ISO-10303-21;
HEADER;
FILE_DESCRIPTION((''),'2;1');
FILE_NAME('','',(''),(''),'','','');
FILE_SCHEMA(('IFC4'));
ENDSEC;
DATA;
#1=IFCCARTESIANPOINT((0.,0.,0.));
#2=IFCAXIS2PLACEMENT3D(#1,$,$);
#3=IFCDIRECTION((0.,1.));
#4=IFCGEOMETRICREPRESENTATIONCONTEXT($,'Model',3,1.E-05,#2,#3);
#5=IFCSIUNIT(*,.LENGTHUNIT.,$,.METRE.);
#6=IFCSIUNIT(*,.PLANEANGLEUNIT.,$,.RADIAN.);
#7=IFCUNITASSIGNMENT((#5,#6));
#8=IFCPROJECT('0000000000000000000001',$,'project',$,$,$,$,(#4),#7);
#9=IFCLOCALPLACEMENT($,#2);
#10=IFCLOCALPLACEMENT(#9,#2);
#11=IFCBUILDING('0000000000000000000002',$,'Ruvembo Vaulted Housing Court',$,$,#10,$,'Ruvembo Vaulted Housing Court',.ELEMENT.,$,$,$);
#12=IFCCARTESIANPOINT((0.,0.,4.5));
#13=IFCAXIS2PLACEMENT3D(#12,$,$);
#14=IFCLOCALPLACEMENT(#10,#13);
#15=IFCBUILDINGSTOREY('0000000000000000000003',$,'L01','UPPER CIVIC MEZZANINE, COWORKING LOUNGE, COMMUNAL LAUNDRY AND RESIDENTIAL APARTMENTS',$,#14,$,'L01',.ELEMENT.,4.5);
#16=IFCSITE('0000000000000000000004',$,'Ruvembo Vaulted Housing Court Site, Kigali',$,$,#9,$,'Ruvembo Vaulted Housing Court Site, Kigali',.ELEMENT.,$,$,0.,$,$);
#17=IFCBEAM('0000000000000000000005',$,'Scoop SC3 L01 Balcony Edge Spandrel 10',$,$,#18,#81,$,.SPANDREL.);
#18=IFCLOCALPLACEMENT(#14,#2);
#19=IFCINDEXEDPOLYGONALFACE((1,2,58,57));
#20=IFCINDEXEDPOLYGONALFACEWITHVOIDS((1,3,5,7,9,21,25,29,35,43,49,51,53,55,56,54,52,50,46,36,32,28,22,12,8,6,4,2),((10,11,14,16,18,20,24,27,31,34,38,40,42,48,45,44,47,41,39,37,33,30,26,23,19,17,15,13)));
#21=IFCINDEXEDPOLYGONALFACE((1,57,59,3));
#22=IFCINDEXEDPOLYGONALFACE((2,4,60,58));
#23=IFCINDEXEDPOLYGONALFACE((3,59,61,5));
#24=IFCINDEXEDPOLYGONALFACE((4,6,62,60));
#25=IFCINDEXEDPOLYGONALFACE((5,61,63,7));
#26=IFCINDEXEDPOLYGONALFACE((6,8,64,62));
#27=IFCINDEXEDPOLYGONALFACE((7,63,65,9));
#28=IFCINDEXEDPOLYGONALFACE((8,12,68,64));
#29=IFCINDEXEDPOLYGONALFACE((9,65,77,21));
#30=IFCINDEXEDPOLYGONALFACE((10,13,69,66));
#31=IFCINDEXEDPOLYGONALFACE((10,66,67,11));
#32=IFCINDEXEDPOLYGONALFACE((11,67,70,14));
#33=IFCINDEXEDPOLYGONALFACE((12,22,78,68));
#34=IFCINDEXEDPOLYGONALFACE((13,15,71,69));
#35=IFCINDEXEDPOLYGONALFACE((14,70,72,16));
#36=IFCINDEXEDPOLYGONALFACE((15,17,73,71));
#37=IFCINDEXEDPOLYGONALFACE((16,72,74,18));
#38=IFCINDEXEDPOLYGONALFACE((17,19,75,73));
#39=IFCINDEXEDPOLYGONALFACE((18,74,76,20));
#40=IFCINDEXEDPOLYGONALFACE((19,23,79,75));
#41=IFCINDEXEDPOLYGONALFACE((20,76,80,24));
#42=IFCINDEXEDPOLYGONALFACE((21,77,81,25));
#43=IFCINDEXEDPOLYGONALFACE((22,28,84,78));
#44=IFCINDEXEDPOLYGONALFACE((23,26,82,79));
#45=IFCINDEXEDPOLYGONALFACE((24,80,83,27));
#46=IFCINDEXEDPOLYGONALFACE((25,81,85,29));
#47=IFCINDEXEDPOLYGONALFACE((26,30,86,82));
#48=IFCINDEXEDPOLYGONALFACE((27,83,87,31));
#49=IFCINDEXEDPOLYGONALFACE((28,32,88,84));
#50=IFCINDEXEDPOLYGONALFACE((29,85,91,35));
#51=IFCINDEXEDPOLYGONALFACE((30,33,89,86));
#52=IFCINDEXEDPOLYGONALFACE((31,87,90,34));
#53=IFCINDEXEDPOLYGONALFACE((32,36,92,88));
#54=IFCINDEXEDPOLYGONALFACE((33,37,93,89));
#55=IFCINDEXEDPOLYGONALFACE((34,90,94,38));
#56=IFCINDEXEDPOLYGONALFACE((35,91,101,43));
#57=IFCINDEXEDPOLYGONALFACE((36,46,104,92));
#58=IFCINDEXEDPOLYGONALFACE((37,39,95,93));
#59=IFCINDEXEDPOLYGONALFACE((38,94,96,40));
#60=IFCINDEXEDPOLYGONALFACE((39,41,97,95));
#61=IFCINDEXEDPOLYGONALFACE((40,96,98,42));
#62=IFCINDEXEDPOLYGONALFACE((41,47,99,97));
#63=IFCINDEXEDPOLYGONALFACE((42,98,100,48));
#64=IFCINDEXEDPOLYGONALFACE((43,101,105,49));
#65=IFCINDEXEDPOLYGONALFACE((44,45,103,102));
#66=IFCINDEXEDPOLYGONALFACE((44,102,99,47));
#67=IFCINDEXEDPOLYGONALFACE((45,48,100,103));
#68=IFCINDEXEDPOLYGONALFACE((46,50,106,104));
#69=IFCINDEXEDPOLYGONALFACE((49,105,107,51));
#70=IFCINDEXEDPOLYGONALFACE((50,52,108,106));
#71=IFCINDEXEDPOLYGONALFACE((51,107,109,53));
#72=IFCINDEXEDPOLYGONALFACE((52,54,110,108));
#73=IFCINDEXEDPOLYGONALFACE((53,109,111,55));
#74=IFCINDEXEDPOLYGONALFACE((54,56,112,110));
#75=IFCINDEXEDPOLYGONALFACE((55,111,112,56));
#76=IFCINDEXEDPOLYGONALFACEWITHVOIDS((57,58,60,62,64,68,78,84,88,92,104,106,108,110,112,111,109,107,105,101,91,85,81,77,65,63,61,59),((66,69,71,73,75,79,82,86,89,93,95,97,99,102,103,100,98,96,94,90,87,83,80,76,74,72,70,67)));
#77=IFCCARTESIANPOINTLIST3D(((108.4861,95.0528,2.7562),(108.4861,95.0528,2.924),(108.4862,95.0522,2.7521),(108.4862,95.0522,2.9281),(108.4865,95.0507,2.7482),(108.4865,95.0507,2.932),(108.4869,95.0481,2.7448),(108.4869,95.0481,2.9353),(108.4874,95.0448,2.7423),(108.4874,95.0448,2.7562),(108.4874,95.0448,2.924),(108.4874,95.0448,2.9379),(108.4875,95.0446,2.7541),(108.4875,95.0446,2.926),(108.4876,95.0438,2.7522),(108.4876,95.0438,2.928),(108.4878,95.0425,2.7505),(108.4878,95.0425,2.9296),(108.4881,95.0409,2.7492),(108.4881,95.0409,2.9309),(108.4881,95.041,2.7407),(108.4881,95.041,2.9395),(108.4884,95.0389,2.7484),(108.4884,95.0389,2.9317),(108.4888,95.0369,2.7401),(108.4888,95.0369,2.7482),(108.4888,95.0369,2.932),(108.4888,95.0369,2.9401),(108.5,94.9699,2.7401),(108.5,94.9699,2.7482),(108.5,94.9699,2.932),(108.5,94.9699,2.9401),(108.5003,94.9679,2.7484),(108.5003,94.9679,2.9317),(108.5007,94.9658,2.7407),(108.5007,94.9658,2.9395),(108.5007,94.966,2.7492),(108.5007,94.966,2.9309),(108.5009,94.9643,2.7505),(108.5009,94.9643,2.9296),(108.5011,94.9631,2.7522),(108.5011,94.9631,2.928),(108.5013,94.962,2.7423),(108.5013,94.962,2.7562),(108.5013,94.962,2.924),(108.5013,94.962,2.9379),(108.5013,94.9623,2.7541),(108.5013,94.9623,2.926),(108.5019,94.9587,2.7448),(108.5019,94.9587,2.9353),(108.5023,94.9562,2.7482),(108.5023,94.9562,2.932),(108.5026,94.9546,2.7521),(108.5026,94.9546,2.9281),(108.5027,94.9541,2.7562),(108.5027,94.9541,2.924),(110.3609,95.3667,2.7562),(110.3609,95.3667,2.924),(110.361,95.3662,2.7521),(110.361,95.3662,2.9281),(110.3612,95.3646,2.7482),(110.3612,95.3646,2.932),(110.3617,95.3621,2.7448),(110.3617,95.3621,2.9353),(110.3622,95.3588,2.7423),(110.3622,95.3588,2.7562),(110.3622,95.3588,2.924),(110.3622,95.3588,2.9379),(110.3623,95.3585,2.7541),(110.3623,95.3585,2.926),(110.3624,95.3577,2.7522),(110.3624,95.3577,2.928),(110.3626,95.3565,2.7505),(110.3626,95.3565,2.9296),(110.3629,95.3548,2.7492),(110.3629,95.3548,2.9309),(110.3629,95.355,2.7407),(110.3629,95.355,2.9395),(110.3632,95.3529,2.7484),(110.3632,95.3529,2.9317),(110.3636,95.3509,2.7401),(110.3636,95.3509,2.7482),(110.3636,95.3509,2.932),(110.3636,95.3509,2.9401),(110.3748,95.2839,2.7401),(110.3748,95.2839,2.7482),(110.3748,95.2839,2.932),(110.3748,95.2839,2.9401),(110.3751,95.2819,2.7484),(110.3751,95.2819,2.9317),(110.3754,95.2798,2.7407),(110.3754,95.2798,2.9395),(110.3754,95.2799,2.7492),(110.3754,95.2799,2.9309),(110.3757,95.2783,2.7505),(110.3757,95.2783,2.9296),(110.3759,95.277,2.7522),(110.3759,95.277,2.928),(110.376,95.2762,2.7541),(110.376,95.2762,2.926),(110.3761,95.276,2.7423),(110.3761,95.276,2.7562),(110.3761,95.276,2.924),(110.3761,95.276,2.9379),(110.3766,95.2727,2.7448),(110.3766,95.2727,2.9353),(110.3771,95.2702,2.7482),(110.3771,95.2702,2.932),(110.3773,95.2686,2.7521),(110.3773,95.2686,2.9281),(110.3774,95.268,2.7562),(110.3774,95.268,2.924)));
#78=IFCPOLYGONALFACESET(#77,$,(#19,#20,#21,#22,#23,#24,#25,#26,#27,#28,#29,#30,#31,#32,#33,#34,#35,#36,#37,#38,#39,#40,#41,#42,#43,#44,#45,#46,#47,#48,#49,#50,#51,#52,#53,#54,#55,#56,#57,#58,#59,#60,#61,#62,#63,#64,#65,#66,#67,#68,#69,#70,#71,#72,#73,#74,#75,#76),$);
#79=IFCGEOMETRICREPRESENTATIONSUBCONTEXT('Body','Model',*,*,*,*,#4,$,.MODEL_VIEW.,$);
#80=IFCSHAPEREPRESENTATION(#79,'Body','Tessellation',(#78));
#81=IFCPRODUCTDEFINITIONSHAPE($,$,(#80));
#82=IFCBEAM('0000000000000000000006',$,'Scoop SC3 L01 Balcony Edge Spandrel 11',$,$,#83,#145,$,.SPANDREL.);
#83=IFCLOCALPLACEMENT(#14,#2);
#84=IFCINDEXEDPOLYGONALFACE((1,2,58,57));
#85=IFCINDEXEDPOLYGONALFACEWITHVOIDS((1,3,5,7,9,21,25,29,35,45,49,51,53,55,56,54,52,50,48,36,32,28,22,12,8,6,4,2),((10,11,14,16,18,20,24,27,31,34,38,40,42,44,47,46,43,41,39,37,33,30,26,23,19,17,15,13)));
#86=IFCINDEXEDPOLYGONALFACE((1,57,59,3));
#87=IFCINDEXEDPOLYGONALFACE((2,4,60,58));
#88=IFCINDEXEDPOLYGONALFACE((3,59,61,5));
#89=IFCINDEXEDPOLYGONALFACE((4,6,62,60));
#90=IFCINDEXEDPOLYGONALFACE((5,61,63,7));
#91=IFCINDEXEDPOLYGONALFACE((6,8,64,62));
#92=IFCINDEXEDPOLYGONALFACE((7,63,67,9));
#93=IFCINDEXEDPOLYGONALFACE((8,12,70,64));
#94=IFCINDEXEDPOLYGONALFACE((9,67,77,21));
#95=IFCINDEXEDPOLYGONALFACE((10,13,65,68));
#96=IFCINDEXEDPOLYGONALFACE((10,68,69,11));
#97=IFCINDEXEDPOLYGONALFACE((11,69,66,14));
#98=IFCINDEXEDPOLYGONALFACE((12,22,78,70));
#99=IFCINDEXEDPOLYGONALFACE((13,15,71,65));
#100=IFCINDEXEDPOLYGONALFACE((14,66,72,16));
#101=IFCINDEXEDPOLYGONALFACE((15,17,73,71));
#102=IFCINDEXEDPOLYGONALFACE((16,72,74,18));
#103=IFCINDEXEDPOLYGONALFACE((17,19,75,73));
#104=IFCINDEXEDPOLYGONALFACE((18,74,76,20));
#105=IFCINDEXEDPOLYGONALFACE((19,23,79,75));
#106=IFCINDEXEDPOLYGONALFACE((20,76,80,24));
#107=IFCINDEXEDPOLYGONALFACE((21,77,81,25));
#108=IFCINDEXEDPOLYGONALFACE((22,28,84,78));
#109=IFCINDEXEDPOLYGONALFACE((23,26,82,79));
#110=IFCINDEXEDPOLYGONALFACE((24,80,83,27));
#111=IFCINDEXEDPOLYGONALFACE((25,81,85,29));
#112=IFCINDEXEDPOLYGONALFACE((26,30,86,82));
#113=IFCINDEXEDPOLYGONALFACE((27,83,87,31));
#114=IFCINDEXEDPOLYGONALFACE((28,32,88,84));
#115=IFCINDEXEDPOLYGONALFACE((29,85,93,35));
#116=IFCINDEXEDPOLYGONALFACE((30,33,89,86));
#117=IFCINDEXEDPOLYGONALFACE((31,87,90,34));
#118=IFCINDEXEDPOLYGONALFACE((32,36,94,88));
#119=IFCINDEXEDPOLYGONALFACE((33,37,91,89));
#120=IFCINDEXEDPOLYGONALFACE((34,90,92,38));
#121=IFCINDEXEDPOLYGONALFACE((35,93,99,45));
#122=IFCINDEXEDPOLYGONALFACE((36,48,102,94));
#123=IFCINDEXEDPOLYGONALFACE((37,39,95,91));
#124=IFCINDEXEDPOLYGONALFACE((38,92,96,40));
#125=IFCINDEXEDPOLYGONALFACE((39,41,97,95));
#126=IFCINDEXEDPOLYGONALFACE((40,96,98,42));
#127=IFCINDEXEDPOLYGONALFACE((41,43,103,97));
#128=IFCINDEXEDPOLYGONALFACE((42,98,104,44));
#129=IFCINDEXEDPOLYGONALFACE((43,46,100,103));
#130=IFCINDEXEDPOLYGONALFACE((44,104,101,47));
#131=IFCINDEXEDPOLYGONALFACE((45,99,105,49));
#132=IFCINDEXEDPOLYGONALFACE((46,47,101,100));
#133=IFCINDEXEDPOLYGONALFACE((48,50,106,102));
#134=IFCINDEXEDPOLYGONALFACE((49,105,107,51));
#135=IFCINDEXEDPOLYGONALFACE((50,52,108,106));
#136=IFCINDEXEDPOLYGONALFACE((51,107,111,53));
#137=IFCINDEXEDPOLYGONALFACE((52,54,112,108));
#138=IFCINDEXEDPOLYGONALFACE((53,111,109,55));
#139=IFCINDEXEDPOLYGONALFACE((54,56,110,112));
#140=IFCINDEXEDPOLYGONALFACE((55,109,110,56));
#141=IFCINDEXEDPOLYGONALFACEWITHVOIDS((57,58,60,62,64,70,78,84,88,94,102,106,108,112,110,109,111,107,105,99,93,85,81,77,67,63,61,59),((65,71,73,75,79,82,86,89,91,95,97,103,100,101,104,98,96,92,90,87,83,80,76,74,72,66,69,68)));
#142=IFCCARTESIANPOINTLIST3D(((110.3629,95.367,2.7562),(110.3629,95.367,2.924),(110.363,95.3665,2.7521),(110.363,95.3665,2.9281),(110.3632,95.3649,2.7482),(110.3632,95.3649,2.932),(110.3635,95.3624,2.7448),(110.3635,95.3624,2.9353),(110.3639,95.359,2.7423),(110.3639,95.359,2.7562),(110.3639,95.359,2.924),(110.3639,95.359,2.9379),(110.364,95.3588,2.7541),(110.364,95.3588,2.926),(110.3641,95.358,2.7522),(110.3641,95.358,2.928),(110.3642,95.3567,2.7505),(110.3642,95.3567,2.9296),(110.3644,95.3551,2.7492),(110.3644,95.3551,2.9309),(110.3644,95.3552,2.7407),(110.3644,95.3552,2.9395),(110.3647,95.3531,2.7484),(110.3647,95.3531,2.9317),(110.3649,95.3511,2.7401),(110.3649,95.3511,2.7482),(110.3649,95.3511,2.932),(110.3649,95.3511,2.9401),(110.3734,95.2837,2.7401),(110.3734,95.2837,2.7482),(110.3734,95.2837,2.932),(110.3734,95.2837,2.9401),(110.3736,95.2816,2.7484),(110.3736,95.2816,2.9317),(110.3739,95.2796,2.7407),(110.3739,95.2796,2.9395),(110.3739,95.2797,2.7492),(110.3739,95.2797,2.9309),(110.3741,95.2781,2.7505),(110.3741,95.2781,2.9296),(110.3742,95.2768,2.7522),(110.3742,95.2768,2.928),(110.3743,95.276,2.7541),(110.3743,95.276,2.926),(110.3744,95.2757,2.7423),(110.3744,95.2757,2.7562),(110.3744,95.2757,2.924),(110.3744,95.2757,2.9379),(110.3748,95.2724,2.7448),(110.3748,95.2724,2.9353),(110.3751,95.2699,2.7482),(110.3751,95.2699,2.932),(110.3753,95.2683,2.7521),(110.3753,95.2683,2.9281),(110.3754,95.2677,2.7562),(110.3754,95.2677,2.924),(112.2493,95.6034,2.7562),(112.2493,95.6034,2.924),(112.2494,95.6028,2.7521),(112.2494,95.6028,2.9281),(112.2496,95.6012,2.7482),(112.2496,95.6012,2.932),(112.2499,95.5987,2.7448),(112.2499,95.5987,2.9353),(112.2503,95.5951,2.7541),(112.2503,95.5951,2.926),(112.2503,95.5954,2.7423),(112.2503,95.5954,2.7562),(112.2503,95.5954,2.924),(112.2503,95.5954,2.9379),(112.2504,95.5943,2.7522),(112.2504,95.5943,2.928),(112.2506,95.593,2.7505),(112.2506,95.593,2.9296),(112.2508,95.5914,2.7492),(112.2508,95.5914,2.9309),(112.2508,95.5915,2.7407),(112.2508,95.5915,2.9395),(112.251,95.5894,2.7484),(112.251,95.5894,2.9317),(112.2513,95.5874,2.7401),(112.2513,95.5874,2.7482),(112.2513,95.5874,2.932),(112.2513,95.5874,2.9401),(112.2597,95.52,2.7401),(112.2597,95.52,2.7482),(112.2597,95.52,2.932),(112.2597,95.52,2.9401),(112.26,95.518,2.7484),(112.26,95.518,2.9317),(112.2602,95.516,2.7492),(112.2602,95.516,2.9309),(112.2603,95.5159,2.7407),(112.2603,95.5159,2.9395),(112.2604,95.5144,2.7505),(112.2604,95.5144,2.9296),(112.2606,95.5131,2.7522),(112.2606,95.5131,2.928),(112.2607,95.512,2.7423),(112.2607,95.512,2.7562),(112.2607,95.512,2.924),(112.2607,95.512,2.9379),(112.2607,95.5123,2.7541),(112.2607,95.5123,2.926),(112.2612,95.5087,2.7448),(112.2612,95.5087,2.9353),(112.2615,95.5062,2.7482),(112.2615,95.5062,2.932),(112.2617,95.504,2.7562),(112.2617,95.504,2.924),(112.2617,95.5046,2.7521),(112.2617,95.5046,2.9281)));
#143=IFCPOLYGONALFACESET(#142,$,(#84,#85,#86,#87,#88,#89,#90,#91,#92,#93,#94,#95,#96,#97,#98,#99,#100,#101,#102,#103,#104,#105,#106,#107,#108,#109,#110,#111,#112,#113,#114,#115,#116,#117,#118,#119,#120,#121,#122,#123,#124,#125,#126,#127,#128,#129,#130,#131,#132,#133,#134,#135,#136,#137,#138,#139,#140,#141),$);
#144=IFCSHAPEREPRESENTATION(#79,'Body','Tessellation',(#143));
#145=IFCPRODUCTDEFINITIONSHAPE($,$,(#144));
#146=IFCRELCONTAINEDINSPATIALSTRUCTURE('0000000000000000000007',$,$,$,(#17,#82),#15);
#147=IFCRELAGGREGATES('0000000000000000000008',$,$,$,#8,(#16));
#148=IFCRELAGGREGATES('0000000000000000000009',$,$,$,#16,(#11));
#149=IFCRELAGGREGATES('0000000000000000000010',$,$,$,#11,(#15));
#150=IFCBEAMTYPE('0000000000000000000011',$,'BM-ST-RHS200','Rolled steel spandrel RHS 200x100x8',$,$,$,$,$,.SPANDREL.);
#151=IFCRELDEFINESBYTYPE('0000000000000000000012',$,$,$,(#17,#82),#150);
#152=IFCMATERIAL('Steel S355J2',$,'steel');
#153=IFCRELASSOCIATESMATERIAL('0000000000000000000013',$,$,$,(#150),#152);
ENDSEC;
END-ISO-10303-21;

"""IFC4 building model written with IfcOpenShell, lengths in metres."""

from ifc_helpers import new_model, si_unit, direction, frame, origin, origin_2d, place, context, subcontext, project, spatial, hollow_rectangle, extrude, material, material_profile, profile_set, type_object, element, save


model = new_model("IFC4")

# Units and contexts
model_context = context("Model", 3, precision=1e-05, world=origin(), true_north=direction((0.0, 1.0)))
body_context = subcontext(model_context, "Body", "Model", "MODEL_VIEW")
ifc_project = project(units=[si_unit("LENGTHUNIT", "METRE"), si_unit("PLANEANGLEUNIT", "RADIAN")], contexts=[model_context])

# Site, building, storey
site_placement = place(None, origin())
site = spatial("IfcSite", under=ifc_project, at=site_placement, Name="Ruvembo Vaulted Housing Court Site, Kigali", LongName="Ruvembo Vaulted Housing Court Site, Kigali", CompositionType="ELEMENT", RefElevation=0.0)
building_placement = place(site_placement, origin())
building = spatial("IfcBuilding", under=site, at=building_placement, Name="Ruvembo Vaulted Housing Court", LongName="Ruvembo Vaulted Housing Court", CompositionType="ELEMENT")
storey_placement = place(building_placement, frame((0.0, 0.0, 4.5)))
storey = spatial("IfcBuildingStorey", under=building, at=storey_placement, Name="L01", Description="UPPER CIVIC MEZZANINE, COWORKING LOUNGE, COMMUNAL LAUNDRY AND RESIDENTIAL APARTMENTS", LongName="L01", CompositionType="ELEMENT", Elevation=4.5)

# Beams
ifc_material_1 = material(Name="Steel S355J2", Category="steel")
ifc_material_profile_1 = material_profile(ifc_material_1, hollow_rectangle(XDim=0.1001, YDim=0.2, WallThickness=0.0081, InnerFilletRadius=0.0081, OuterFilletRadius=0.0161, at=origin_2d()), Name="RHS 200x100x8")
ifc_profile_set_1 = profile_set([ifc_material_profile_1], Name="Steel S355J2")
beam_type_1 = type_object("IfcBeamType", Name="BM-ST-RHS200", Description="Rolled steel spandrel RHS 200x100x8", PredefinedType="SPANDREL", material=ifc_profile_set_1)
beam_1_placement = place(storey_placement, frame((108.4944, 95.0034, 2.8401), z_axis=(0.986265, 0.16517, 0.0), x_axis=(-0.16517, 0.986265, 0.0)))
element("IfcBeam", 1, at=beam_1_placement, inside=storey, type_object=beam_type_1, Name="Scoop SC3 L01 Balcony Edge Spandrel 10", PredefinedType="SPANDREL", context=body_context, shape_type="SweptSolid", body=[
    extrude(hollow_rectangle(XDim=0.1001, YDim=0.2, WallThickness=0.0081, InnerFilletRadius=0.0081, OuterFilletRadius=0.0161, at=origin_2d()), origin(), (0.0, 0.0, 1.0), 1.9009),
])
beam_2_placement = place(storey_placement, frame((110.3691, 95.3174, 2.8401), z_axis=(0.992244, 0.124303, 0.0), x_axis=(-0.124303, 0.992244, 0.0)))
element("IfcBeam", 2, at=beam_2_placement, inside=storey, type_object=beam_type_1, Name="Scoop SC3 L01 Balcony Edge Spandrel 11", PredefinedType="SPANDREL", context=body_context, shape_type="SweptSolid", body=[
    extrude(hollow_rectangle(XDim=0.1001, YDim=0.2, WallThickness=0.0081, InnerFilletRadius=0.0081, OuterFilletRadius=0.0161, at=origin_2d()), origin(), (0.0, 0.0, 1.0), 1.9011),
])

save(model, "model.ifc")
